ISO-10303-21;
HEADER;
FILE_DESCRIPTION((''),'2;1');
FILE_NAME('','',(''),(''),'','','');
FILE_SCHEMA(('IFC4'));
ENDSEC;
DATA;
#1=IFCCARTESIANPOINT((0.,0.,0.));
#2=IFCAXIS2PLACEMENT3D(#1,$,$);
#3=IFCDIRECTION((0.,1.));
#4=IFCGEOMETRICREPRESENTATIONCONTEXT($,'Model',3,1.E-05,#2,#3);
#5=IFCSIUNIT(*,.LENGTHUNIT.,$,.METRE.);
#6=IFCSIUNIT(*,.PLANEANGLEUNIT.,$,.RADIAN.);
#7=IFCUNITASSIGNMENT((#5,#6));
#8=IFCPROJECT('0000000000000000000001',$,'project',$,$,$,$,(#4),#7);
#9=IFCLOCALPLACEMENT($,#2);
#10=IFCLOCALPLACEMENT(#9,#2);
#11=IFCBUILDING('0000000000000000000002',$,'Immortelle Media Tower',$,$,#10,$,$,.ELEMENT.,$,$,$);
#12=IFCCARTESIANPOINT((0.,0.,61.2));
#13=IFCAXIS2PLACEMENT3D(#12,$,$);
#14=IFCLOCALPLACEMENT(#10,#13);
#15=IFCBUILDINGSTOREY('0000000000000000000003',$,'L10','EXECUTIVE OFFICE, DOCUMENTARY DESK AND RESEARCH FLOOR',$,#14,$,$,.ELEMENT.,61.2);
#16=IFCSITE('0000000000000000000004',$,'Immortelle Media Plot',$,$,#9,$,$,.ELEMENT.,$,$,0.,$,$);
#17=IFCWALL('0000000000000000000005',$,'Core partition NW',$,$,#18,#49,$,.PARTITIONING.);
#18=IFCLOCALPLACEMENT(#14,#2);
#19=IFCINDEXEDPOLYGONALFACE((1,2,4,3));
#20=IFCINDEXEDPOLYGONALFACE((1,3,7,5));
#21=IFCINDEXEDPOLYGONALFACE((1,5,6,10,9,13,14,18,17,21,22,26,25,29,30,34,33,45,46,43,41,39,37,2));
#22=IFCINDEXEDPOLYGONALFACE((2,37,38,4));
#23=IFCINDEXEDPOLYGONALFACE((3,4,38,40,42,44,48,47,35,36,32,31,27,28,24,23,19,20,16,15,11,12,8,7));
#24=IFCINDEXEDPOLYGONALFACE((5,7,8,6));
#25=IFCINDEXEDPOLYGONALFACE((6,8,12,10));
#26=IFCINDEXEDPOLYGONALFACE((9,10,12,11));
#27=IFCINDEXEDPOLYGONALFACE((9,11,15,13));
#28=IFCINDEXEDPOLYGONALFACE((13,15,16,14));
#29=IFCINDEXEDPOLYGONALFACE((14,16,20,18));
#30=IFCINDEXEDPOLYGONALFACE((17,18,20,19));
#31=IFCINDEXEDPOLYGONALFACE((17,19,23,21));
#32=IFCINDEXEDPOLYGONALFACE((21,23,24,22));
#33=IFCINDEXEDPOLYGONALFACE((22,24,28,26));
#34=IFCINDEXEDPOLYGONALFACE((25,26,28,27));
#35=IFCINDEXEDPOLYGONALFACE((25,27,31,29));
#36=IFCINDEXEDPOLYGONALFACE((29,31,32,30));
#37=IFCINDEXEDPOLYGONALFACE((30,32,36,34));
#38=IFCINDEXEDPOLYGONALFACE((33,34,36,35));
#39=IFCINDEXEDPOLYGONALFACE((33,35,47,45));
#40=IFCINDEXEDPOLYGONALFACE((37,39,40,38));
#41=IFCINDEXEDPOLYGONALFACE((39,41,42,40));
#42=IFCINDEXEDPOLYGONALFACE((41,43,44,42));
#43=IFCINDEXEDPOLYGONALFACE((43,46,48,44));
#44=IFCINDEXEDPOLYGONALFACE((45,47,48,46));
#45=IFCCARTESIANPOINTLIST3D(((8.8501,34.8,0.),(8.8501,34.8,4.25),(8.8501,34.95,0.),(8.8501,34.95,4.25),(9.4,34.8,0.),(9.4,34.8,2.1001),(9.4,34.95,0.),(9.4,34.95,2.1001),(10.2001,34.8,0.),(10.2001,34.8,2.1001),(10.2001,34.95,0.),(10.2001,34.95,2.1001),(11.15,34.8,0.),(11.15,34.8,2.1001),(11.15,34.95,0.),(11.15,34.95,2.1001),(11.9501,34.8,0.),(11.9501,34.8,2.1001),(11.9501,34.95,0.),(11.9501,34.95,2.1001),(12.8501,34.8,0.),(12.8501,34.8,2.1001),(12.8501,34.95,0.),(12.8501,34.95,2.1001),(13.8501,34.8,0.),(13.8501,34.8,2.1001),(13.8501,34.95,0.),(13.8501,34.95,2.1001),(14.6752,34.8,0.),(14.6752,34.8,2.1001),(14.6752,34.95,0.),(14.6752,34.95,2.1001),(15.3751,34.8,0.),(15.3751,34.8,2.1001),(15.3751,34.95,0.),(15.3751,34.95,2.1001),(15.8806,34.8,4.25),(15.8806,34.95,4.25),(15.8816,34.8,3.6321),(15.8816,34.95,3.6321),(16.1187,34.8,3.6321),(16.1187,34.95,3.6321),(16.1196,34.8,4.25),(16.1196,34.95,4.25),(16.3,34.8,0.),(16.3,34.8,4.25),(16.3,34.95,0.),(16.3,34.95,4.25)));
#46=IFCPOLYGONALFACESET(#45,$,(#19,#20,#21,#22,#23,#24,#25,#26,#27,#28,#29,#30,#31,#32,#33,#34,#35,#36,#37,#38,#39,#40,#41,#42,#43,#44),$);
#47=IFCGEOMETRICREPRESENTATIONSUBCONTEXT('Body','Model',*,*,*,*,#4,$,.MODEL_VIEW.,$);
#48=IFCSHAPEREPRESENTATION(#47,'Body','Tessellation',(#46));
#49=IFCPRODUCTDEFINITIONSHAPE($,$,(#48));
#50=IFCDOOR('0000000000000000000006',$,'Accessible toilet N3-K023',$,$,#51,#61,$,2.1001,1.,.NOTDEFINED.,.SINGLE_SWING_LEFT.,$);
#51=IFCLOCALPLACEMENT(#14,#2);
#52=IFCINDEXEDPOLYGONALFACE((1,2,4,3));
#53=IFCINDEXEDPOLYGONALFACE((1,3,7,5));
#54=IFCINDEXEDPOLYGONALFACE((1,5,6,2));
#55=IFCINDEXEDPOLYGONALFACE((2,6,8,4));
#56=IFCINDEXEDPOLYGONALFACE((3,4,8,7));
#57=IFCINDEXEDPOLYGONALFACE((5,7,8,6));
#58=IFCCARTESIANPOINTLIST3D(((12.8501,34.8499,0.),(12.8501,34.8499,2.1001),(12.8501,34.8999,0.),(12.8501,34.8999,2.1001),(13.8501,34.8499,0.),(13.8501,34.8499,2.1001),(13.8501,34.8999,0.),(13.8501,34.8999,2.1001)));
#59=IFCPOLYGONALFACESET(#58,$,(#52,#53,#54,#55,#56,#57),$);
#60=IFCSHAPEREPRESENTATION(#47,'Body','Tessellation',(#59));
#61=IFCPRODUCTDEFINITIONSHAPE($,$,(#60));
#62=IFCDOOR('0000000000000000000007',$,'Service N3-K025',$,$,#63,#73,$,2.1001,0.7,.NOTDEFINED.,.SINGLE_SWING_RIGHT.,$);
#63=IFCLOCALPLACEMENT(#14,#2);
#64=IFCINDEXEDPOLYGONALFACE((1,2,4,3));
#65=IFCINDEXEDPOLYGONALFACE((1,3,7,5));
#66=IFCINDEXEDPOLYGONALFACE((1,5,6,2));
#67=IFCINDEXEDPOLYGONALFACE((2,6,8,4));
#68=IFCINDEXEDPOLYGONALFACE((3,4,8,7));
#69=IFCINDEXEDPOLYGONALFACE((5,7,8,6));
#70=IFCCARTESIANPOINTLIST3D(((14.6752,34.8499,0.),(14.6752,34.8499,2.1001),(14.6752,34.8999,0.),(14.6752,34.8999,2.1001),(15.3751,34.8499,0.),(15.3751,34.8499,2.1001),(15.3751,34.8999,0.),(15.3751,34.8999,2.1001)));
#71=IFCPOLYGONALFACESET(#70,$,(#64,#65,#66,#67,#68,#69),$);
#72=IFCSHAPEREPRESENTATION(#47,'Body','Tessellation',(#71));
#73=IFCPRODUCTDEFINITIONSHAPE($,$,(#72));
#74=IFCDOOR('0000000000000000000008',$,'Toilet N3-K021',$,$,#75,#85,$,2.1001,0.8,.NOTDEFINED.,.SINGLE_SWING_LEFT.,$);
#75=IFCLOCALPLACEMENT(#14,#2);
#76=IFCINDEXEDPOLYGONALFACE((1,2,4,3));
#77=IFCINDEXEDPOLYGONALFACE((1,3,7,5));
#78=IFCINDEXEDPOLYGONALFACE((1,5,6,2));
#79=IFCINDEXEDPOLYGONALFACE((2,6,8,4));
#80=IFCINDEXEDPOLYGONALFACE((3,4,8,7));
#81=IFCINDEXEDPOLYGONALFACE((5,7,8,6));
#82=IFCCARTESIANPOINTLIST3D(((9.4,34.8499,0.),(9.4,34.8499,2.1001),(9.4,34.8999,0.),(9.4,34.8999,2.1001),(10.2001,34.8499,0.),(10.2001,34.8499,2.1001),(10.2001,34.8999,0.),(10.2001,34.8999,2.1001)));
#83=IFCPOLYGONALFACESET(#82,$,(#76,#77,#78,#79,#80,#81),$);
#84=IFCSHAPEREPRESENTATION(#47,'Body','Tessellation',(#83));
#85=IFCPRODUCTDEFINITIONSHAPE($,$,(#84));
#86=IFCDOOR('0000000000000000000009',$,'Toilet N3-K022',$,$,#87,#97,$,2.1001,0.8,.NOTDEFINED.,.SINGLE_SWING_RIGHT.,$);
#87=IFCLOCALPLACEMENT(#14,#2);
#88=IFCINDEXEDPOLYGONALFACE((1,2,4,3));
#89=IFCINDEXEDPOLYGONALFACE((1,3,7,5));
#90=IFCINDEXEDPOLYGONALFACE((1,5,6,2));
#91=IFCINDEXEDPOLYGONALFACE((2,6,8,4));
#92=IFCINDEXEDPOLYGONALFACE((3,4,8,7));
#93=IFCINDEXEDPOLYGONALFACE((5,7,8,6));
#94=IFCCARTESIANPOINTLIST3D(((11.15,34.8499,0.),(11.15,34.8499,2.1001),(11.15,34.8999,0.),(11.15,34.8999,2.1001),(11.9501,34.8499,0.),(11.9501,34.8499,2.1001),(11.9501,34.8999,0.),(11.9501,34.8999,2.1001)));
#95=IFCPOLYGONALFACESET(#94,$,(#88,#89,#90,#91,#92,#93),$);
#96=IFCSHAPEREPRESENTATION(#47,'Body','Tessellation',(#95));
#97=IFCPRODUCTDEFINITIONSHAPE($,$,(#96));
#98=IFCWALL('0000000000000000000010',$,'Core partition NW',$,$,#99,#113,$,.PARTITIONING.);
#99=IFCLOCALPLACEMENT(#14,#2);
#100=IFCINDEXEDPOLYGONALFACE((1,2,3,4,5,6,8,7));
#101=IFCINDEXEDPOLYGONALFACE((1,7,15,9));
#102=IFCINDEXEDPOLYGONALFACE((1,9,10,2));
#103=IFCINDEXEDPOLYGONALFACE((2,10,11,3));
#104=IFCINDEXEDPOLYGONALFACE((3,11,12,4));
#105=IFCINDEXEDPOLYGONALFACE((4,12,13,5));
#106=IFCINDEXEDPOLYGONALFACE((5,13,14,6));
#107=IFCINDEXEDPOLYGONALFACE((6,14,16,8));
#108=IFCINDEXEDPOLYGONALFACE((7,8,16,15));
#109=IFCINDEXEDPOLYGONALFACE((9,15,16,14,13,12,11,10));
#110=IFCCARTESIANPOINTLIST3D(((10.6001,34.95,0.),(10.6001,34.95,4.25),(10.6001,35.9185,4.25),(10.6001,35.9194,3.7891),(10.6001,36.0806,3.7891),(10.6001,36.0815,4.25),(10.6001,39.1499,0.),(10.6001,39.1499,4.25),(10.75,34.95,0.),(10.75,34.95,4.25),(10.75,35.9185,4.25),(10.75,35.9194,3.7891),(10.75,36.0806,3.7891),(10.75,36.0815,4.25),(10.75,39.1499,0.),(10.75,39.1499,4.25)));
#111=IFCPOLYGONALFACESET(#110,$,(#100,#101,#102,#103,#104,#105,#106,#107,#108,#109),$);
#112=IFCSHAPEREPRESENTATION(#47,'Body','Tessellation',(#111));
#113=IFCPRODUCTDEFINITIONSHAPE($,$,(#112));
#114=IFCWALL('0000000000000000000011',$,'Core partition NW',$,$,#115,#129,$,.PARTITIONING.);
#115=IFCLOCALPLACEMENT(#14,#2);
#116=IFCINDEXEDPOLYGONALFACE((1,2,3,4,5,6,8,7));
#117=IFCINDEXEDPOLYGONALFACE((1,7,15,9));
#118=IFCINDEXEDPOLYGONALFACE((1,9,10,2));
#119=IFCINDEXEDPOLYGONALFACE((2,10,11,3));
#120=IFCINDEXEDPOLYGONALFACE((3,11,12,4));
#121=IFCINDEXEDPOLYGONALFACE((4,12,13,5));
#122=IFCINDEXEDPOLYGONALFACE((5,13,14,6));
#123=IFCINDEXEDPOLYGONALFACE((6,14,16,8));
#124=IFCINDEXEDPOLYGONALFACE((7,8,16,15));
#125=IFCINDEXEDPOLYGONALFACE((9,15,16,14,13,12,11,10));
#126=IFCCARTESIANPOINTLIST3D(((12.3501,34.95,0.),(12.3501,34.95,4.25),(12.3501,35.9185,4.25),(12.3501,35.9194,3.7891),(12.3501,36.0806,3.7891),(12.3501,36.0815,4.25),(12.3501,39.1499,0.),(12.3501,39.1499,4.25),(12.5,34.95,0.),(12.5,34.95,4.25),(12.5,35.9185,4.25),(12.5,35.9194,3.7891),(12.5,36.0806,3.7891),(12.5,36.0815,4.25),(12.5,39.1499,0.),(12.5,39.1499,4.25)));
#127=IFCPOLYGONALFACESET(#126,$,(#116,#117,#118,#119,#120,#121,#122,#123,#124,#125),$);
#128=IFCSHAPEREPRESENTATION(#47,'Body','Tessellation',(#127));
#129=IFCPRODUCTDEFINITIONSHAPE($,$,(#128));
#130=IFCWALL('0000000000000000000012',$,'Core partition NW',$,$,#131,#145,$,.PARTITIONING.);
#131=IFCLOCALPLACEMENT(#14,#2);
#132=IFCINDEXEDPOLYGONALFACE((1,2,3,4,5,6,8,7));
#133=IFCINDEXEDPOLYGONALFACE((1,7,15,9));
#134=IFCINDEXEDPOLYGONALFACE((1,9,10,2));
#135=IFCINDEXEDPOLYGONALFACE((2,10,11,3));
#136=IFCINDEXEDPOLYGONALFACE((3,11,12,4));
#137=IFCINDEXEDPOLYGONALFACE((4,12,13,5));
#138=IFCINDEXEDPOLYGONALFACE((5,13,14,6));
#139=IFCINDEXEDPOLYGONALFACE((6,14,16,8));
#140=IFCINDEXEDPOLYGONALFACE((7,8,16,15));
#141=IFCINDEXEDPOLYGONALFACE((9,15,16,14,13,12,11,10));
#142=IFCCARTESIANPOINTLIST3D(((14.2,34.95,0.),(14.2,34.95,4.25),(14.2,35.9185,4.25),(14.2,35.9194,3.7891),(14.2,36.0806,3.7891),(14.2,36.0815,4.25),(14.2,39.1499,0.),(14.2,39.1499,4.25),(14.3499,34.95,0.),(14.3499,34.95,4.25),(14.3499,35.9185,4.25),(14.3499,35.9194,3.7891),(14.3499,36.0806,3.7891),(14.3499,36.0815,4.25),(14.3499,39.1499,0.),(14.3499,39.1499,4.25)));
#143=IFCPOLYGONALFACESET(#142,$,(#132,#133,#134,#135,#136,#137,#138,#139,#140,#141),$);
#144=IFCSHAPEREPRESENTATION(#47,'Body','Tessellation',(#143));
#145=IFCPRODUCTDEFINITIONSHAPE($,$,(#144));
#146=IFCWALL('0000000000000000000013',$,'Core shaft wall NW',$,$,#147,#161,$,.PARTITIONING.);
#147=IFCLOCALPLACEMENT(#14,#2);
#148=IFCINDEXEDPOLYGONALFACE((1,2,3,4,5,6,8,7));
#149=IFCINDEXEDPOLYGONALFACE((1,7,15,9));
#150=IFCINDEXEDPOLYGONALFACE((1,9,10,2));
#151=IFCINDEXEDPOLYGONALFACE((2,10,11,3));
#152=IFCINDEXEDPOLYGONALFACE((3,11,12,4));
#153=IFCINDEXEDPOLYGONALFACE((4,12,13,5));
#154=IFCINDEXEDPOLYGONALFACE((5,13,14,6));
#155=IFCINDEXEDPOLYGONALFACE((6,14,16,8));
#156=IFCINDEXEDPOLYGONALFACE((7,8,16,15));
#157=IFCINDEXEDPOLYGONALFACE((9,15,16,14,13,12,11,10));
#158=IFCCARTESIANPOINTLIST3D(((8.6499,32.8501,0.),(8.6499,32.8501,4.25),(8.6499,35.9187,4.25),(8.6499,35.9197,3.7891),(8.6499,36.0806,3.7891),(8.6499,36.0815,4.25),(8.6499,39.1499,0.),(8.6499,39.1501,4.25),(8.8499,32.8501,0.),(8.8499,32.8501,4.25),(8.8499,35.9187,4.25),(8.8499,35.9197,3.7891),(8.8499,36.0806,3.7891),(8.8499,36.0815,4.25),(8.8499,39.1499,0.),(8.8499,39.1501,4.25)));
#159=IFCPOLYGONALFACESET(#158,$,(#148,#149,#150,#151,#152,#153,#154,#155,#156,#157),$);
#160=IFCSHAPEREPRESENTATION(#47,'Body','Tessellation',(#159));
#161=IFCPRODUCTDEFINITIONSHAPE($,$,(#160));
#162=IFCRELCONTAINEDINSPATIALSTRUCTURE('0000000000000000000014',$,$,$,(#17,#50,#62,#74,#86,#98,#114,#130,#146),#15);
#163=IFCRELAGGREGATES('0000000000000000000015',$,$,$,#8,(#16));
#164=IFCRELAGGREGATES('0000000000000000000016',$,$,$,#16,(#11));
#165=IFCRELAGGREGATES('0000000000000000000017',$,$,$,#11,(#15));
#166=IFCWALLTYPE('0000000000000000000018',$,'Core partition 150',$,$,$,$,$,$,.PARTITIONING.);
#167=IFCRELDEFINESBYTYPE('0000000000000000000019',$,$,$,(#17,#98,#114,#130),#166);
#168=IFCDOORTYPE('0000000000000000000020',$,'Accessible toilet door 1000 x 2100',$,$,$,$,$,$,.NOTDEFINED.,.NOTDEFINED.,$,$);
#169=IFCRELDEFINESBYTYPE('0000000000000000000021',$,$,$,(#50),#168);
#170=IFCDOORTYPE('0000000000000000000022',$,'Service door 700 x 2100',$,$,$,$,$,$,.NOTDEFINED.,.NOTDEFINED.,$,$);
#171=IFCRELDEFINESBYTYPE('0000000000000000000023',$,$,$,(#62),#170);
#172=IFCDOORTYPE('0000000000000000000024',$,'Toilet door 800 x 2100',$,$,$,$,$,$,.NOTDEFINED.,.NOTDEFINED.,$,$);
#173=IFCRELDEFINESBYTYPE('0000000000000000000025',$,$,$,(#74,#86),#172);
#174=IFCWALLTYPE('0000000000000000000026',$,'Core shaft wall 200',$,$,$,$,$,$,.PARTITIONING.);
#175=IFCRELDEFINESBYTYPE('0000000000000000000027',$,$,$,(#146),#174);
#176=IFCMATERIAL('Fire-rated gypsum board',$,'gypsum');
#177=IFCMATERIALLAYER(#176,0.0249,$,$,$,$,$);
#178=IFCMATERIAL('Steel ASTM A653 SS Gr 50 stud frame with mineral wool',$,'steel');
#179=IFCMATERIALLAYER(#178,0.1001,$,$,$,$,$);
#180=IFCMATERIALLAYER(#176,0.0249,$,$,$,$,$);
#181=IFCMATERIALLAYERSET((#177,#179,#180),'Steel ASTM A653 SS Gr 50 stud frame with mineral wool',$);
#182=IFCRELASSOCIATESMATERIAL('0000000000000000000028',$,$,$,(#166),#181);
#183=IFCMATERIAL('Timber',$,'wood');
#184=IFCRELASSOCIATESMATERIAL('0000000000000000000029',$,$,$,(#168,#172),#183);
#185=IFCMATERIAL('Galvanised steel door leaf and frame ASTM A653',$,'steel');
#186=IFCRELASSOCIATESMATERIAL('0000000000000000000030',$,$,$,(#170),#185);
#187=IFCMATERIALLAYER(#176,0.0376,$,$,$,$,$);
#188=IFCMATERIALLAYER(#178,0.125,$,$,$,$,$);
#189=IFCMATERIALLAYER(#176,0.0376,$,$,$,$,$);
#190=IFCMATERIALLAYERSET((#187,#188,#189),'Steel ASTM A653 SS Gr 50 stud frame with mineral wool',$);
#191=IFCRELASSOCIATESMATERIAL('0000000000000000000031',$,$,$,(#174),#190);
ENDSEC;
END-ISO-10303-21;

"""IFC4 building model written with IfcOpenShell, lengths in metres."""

from ifc_helpers import new_model, si_unit, direction, frame, frame_2d, origin, place, context, subcontext, project, spatial, polyline, rectangle, outline, extrude, material, layer, layer_set, type_object, element, fill, save


model = new_model("IFC4")

# Units and contexts
model_context = context("Model", 3, precision=1e-05, world=origin(), true_north=direction((0.0, 1.0)))
body_context = subcontext(model_context, "Body", "Model", "MODEL_VIEW")
ifc_project = project(units=[si_unit("LENGTHUNIT", "METRE"), si_unit("PLANEANGLEUNIT", "RADIAN")], contexts=[model_context])

# Site, building, storey
site_placement = place(None, origin())
site = spatial("IfcSite", under=ifc_project, at=site_placement, Name="Immortelle Media Plot", CompositionType="ELEMENT", RefElevation=0.0)
building_placement = place(site_placement, origin())
building = spatial("IfcBuilding", under=site, at=building_placement, Name="Immortelle Media Tower", CompositionType="ELEMENT")
storey_placement = place(building_placement, frame((0.0, 0.0, 61.2)))
storey = spatial("IfcBuildingStorey", under=building, at=storey_placement, Name="L10", Description="EXECUTIVE OFFICE, DOCUMENTARY DESK AND RESEARCH FLOOR", CompositionType="ELEMENT", Elevation=61.2)

# Wall, openings, doors
ifc_material_1 = material(Name="Fire-rated gypsum board", Category="gypsum")
ifc_layer_1 = layer(ifc_material_1, 0.0249)
ifc_material_2 = material(Name="Steel ASTM A653 SS Gr 50 stud frame with mineral wool", Category="steel")
ifc_layer_2 = layer(ifc_material_2, 0.1001)
ifc_layer_3 = layer(ifc_material_1, 0.0249)
ifc_layer_set_1 = layer_set([ifc_layer_1, ifc_layer_2, ifc_layer_3], Name="Steel ASTM A653 SS Gr 50 stud frame with mineral wool")
wall_type_1 = type_object("IfcWallType", Name="Core partition 150", PredefinedType="PARTITIONING", material=ifc_layer_set_1)
wall_1_placement = place(storey_placement, frame((8.8501, 34.875, 0.0), z_axis=(0.0, 0.0, 1.0), x_axis=(1.0, 0.0, 0.0)))
wall_1 = element("IfcWall", 1, at=wall_1_placement, inside=storey, type_object=wall_type_1, Name="Core partition NW", PredefinedType="PARTITIONING", context=body_context, shape_type="SweptSolid", body=[
    extrude(outline(polyline([(0.0, 0.0), (7.45, 0.0), (7.45, 4.25), (7.2695, 4.25), (7.2686, 3.6321), (7.0315, 3.6321), (7.0305, 4.25), (0.0, 4.25), (0.0, 0.0)])), frame((0.0, 0.075, 0.0), z_axis=(0.0, -1.0, 0.0), x_axis=(1.0, 0.0, 0.0)), (0.0, 0.0, 1.0), 0.1499),
])
opening_1_placement = place(wall_1_placement, frame((0.55, 0.0, 0.0)))
opening_1 = element("IfcOpeningElement", 2, at=opening_1_placement, cuts=wall_1, PredefinedType="OPENING", context=body_context, shape_type="SweptSolid", body=[
    extrude(rectangle(XDim=0.8, YDim=2.1001, at=frame_2d((0.3999, 1.05))), frame((0.0, 0.085, 0.0), z_axis=(0.0, -1.0, 0.0), x_axis=(1.0, 0.0, 0.0)), (0.0, 0.0, 1.0), 0.1699),
])
opening_2_placement = place(wall_1_placement, frame((2.3, 0.0, 0.0)))
opening_2 = element("IfcOpeningElement", 3, at=opening_2_placement, cuts=wall_1, PredefinedType="OPENING", context=body_context, shape_type="SweptSolid", body=[
    extrude(rectangle(XDim=0.8, YDim=2.1001, at=frame_2d((0.3999, 1.05))), frame((0.0, 0.085, 0.0), z_axis=(0.0, -1.0, 0.0), x_axis=(1.0, 0.0, 0.0)), (0.0, 0.0, 1.0), 0.1699),
])
opening_3_placement = place(wall_1_placement, frame((4.0, 0.0, 0.0)))
opening_3 = element("IfcOpeningElement", 4, at=opening_3_placement, cuts=wall_1, PredefinedType="OPENING", context=body_context, shape_type="SweptSolid", body=[
    extrude(rectangle(XDim=1.0, YDim=2.1001, at=frame_2d((0.5, 1.05))), frame((0.0, 0.085, 0.0), z_axis=(0.0, -1.0, 0.0), x_axis=(1.0, 0.0, 0.0)), (0.0, 0.0, 1.0), 0.1699),
])
opening_4_placement = place(wall_1_placement, frame((5.825, 0.0, 0.0)))
opening_4 = element("IfcOpeningElement", 5, at=opening_4_placement, cuts=wall_1, PredefinedType="OPENING", context=body_context, shape_type="SweptSolid", body=[
    extrude(rectangle(XDim=0.7, YDim=2.1001, at=frame_2d((0.3501, 1.05))), frame((0.0, 0.085, 0.0), z_axis=(0.0, -1.0, 0.0), x_axis=(1.0, 0.0, 0.0)), (0.0, 0.0, 1.0), 0.1699),
])
ifc_material_3 = material(Name="Timber", Category="wood")
door_type_1 = type_object("IfcDoorType", Name="Accessible toilet door 1000 x 2100", OperationType="NOTDEFINED", PredefinedType="NOTDEFINED", material=ifc_material_3)
door_1_placement = place(opening_3_placement, origin())
door_1 = element("IfcDoor", 6, at=door_1_placement, inside=storey, type_object=door_type_1, Name="Accessible toilet N3-K023", OperationType="SINGLE_SWING_LEFT", OverallHeight=2.1001, OverallWidth=1.0, PredefinedType="NOTDEFINED", context=body_context, shape_type="SweptSolid", body=[
    extrude(rectangle(XDim=1.0, YDim=2.1001, at=frame_2d((0.5, 1.05))), frame((0.0, 0.0249, 0.0), z_axis=(0.0, -1.0, 0.0), x_axis=(1.0, 0.0, 0.0)), (0.0, 0.0, 1.0), 0.05),
])
fill(opening_3, door_1)
ifc_material_4 = material(Name="Galvanised steel door leaf and frame ASTM A653", Category="steel")
door_type_2 = type_object("IfcDoorType", Name="Service door 700 x 2100", OperationType="NOTDEFINED", PredefinedType="NOTDEFINED", material=ifc_material_4)
door_2_placement = place(opening_4_placement, origin())
door_2 = element("IfcDoor", 7, at=door_2_placement, inside=storey, type_object=door_type_2, Name="Service N3-K025", OperationType="SINGLE_SWING_RIGHT", OverallHeight=2.1001, OverallWidth=0.7, PredefinedType="NOTDEFINED", context=body_context, shape_type="SweptSolid", body=[
    extrude(rectangle(XDim=0.7, YDim=2.1001, at=frame_2d((0.3501, 1.05))), frame((0.0, 0.0249, 0.0), z_axis=(0.0, -1.0, 0.0), x_axis=(1.0, 0.0, 0.0)), (0.0, 0.0, 1.0), 0.05),
])
fill(opening_4, door_2)
door_type_3 = type_object("IfcDoorType", Name="Toilet door 800 x 2100", OperationType="NOTDEFINED", PredefinedType="NOTDEFINED", material=ifc_material_3)
door_3_placement = place(opening_1_placement, origin())
door_3 = element("IfcDoor", 8, at=door_3_placement, inside=storey, type_object=door_type_3, Name="Toilet N3-K021", OperationType="SINGLE_SWING_LEFT", OverallHeight=2.1001, OverallWidth=0.8, PredefinedType="NOTDEFINED", context=body_context, shape_type="SweptSolid", body=[
    extrude(rectangle(XDim=0.8, YDim=2.1001, at=frame_2d((0.3999, 1.05))), frame((0.0, 0.0249, 0.0), z_axis=(0.0, -1.0, 0.0), x_axis=(1.0, 0.0, 0.0)), (0.0, 0.0, 1.0), 0.05),
])
fill(opening_1, door_3)
door_4_placement = place(opening_2_placement, origin())
door_4 = element("IfcDoor", 9, at=door_4_placement, inside=storey, type_object=door_type_3, Name="Toilet N3-K022", OperationType="SINGLE_SWING_RIGHT", OverallHeight=2.1001, OverallWidth=0.8, PredefinedType="NOTDEFINED", context=body_context, shape_type="SweptSolid", body=[
    extrude(rectangle(XDim=0.8, YDim=2.1001, at=frame_2d((0.3999, 1.05))), frame((0.0, 0.0249, 0.0), z_axis=(0.0, -1.0, 0.0), x_axis=(1.0, 0.0, 0.0)), (0.0, 0.0, 1.0), 0.05),
])
fill(opening_2, door_4)

# Walls
for number, where, z_axis, x_axis, name in (
    (10, (10.675, 34.95, 0.0), (0.0, 0.0, 1.0), (0.0, 1.0, 0.0), "Core partition NW"),
    (11, (12.425, 34.95, 0.0), (0.0, 0.0, 1.0), (0.0, 1.0, 0.0), "Core partition NW"),
    (12, (14.2749, 34.95, 0.0), (0.0, 0.0, 1.0), (0.0, 1.0, 0.0), "Core partition NW"),
):
    element("IfcWall", number, at=place(storey_placement, frame(where, z_axis=z_axis, x_axis=x_axis)), inside=storey, type_object=wall_type_1, Name=name, PredefinedType="PARTITIONING", context=body_context, shape_type="SweptSolid", body=[
        extrude(outline(polyline([(0.0, 0.0), (4.2, 0.0), (4.2, 4.25), (1.1316, 4.25), (1.1306, 3.7891), (0.9695, 3.7891), (0.9685, 4.25), (0.0, 4.25), (0.0, 0.0)])), frame((0.0, 0.075, 0.0), z_axis=(0.0, -1.0, 0.0), x_axis=(1.0, 0.0, 0.0)), (0.0, 0.0, 1.0), 0.1499),
    ])
ifc_layer_4 = layer(ifc_material_1, 0.0376)
ifc_layer_5 = layer(ifc_material_2, 0.125)
ifc_layer_6 = layer(ifc_material_1, 0.0376)
ifc_layer_set_2 = layer_set([ifc_layer_4, ifc_layer_5, ifc_layer_6], Name="Steel ASTM A653 SS Gr 50 stud frame with mineral wool")
wall_type_2 = type_object("IfcWallType", Name="Core shaft wall 200", PredefinedType="PARTITIONING", material=ifc_layer_set_2)
wall_2_placement = place(storey_placement, frame((8.75, 32.8501, 0.0), z_axis=(0.0, 0.0, 1.0), x_axis=(0.0, 1.0, 0.0)))
element("IfcWall", 13, at=wall_2_placement, inside=storey, type_object=wall_type_2, Name="Core shaft wall NW", PredefinedType="PARTITIONING", context=body_context, shape_type="SweptSolid", body=[
    extrude(outline(polyline([(0.0, 0.0), (6.2998, 0.0), (6.3, 4.25), (3.2314, 4.25), (3.2305, 3.7891), (3.0696, 3.7891), (3.0686, 4.25), (0.0, 4.25), (0.0, 0.0)])), frame((0.0, 0.1001, 0.0), z_axis=(0.0, -1.0, 0.0), x_axis=(1.0, 0.0, 0.0)), (0.0, 0.0, 1.0), 0.2),
])

save(model, "model.ifc")
